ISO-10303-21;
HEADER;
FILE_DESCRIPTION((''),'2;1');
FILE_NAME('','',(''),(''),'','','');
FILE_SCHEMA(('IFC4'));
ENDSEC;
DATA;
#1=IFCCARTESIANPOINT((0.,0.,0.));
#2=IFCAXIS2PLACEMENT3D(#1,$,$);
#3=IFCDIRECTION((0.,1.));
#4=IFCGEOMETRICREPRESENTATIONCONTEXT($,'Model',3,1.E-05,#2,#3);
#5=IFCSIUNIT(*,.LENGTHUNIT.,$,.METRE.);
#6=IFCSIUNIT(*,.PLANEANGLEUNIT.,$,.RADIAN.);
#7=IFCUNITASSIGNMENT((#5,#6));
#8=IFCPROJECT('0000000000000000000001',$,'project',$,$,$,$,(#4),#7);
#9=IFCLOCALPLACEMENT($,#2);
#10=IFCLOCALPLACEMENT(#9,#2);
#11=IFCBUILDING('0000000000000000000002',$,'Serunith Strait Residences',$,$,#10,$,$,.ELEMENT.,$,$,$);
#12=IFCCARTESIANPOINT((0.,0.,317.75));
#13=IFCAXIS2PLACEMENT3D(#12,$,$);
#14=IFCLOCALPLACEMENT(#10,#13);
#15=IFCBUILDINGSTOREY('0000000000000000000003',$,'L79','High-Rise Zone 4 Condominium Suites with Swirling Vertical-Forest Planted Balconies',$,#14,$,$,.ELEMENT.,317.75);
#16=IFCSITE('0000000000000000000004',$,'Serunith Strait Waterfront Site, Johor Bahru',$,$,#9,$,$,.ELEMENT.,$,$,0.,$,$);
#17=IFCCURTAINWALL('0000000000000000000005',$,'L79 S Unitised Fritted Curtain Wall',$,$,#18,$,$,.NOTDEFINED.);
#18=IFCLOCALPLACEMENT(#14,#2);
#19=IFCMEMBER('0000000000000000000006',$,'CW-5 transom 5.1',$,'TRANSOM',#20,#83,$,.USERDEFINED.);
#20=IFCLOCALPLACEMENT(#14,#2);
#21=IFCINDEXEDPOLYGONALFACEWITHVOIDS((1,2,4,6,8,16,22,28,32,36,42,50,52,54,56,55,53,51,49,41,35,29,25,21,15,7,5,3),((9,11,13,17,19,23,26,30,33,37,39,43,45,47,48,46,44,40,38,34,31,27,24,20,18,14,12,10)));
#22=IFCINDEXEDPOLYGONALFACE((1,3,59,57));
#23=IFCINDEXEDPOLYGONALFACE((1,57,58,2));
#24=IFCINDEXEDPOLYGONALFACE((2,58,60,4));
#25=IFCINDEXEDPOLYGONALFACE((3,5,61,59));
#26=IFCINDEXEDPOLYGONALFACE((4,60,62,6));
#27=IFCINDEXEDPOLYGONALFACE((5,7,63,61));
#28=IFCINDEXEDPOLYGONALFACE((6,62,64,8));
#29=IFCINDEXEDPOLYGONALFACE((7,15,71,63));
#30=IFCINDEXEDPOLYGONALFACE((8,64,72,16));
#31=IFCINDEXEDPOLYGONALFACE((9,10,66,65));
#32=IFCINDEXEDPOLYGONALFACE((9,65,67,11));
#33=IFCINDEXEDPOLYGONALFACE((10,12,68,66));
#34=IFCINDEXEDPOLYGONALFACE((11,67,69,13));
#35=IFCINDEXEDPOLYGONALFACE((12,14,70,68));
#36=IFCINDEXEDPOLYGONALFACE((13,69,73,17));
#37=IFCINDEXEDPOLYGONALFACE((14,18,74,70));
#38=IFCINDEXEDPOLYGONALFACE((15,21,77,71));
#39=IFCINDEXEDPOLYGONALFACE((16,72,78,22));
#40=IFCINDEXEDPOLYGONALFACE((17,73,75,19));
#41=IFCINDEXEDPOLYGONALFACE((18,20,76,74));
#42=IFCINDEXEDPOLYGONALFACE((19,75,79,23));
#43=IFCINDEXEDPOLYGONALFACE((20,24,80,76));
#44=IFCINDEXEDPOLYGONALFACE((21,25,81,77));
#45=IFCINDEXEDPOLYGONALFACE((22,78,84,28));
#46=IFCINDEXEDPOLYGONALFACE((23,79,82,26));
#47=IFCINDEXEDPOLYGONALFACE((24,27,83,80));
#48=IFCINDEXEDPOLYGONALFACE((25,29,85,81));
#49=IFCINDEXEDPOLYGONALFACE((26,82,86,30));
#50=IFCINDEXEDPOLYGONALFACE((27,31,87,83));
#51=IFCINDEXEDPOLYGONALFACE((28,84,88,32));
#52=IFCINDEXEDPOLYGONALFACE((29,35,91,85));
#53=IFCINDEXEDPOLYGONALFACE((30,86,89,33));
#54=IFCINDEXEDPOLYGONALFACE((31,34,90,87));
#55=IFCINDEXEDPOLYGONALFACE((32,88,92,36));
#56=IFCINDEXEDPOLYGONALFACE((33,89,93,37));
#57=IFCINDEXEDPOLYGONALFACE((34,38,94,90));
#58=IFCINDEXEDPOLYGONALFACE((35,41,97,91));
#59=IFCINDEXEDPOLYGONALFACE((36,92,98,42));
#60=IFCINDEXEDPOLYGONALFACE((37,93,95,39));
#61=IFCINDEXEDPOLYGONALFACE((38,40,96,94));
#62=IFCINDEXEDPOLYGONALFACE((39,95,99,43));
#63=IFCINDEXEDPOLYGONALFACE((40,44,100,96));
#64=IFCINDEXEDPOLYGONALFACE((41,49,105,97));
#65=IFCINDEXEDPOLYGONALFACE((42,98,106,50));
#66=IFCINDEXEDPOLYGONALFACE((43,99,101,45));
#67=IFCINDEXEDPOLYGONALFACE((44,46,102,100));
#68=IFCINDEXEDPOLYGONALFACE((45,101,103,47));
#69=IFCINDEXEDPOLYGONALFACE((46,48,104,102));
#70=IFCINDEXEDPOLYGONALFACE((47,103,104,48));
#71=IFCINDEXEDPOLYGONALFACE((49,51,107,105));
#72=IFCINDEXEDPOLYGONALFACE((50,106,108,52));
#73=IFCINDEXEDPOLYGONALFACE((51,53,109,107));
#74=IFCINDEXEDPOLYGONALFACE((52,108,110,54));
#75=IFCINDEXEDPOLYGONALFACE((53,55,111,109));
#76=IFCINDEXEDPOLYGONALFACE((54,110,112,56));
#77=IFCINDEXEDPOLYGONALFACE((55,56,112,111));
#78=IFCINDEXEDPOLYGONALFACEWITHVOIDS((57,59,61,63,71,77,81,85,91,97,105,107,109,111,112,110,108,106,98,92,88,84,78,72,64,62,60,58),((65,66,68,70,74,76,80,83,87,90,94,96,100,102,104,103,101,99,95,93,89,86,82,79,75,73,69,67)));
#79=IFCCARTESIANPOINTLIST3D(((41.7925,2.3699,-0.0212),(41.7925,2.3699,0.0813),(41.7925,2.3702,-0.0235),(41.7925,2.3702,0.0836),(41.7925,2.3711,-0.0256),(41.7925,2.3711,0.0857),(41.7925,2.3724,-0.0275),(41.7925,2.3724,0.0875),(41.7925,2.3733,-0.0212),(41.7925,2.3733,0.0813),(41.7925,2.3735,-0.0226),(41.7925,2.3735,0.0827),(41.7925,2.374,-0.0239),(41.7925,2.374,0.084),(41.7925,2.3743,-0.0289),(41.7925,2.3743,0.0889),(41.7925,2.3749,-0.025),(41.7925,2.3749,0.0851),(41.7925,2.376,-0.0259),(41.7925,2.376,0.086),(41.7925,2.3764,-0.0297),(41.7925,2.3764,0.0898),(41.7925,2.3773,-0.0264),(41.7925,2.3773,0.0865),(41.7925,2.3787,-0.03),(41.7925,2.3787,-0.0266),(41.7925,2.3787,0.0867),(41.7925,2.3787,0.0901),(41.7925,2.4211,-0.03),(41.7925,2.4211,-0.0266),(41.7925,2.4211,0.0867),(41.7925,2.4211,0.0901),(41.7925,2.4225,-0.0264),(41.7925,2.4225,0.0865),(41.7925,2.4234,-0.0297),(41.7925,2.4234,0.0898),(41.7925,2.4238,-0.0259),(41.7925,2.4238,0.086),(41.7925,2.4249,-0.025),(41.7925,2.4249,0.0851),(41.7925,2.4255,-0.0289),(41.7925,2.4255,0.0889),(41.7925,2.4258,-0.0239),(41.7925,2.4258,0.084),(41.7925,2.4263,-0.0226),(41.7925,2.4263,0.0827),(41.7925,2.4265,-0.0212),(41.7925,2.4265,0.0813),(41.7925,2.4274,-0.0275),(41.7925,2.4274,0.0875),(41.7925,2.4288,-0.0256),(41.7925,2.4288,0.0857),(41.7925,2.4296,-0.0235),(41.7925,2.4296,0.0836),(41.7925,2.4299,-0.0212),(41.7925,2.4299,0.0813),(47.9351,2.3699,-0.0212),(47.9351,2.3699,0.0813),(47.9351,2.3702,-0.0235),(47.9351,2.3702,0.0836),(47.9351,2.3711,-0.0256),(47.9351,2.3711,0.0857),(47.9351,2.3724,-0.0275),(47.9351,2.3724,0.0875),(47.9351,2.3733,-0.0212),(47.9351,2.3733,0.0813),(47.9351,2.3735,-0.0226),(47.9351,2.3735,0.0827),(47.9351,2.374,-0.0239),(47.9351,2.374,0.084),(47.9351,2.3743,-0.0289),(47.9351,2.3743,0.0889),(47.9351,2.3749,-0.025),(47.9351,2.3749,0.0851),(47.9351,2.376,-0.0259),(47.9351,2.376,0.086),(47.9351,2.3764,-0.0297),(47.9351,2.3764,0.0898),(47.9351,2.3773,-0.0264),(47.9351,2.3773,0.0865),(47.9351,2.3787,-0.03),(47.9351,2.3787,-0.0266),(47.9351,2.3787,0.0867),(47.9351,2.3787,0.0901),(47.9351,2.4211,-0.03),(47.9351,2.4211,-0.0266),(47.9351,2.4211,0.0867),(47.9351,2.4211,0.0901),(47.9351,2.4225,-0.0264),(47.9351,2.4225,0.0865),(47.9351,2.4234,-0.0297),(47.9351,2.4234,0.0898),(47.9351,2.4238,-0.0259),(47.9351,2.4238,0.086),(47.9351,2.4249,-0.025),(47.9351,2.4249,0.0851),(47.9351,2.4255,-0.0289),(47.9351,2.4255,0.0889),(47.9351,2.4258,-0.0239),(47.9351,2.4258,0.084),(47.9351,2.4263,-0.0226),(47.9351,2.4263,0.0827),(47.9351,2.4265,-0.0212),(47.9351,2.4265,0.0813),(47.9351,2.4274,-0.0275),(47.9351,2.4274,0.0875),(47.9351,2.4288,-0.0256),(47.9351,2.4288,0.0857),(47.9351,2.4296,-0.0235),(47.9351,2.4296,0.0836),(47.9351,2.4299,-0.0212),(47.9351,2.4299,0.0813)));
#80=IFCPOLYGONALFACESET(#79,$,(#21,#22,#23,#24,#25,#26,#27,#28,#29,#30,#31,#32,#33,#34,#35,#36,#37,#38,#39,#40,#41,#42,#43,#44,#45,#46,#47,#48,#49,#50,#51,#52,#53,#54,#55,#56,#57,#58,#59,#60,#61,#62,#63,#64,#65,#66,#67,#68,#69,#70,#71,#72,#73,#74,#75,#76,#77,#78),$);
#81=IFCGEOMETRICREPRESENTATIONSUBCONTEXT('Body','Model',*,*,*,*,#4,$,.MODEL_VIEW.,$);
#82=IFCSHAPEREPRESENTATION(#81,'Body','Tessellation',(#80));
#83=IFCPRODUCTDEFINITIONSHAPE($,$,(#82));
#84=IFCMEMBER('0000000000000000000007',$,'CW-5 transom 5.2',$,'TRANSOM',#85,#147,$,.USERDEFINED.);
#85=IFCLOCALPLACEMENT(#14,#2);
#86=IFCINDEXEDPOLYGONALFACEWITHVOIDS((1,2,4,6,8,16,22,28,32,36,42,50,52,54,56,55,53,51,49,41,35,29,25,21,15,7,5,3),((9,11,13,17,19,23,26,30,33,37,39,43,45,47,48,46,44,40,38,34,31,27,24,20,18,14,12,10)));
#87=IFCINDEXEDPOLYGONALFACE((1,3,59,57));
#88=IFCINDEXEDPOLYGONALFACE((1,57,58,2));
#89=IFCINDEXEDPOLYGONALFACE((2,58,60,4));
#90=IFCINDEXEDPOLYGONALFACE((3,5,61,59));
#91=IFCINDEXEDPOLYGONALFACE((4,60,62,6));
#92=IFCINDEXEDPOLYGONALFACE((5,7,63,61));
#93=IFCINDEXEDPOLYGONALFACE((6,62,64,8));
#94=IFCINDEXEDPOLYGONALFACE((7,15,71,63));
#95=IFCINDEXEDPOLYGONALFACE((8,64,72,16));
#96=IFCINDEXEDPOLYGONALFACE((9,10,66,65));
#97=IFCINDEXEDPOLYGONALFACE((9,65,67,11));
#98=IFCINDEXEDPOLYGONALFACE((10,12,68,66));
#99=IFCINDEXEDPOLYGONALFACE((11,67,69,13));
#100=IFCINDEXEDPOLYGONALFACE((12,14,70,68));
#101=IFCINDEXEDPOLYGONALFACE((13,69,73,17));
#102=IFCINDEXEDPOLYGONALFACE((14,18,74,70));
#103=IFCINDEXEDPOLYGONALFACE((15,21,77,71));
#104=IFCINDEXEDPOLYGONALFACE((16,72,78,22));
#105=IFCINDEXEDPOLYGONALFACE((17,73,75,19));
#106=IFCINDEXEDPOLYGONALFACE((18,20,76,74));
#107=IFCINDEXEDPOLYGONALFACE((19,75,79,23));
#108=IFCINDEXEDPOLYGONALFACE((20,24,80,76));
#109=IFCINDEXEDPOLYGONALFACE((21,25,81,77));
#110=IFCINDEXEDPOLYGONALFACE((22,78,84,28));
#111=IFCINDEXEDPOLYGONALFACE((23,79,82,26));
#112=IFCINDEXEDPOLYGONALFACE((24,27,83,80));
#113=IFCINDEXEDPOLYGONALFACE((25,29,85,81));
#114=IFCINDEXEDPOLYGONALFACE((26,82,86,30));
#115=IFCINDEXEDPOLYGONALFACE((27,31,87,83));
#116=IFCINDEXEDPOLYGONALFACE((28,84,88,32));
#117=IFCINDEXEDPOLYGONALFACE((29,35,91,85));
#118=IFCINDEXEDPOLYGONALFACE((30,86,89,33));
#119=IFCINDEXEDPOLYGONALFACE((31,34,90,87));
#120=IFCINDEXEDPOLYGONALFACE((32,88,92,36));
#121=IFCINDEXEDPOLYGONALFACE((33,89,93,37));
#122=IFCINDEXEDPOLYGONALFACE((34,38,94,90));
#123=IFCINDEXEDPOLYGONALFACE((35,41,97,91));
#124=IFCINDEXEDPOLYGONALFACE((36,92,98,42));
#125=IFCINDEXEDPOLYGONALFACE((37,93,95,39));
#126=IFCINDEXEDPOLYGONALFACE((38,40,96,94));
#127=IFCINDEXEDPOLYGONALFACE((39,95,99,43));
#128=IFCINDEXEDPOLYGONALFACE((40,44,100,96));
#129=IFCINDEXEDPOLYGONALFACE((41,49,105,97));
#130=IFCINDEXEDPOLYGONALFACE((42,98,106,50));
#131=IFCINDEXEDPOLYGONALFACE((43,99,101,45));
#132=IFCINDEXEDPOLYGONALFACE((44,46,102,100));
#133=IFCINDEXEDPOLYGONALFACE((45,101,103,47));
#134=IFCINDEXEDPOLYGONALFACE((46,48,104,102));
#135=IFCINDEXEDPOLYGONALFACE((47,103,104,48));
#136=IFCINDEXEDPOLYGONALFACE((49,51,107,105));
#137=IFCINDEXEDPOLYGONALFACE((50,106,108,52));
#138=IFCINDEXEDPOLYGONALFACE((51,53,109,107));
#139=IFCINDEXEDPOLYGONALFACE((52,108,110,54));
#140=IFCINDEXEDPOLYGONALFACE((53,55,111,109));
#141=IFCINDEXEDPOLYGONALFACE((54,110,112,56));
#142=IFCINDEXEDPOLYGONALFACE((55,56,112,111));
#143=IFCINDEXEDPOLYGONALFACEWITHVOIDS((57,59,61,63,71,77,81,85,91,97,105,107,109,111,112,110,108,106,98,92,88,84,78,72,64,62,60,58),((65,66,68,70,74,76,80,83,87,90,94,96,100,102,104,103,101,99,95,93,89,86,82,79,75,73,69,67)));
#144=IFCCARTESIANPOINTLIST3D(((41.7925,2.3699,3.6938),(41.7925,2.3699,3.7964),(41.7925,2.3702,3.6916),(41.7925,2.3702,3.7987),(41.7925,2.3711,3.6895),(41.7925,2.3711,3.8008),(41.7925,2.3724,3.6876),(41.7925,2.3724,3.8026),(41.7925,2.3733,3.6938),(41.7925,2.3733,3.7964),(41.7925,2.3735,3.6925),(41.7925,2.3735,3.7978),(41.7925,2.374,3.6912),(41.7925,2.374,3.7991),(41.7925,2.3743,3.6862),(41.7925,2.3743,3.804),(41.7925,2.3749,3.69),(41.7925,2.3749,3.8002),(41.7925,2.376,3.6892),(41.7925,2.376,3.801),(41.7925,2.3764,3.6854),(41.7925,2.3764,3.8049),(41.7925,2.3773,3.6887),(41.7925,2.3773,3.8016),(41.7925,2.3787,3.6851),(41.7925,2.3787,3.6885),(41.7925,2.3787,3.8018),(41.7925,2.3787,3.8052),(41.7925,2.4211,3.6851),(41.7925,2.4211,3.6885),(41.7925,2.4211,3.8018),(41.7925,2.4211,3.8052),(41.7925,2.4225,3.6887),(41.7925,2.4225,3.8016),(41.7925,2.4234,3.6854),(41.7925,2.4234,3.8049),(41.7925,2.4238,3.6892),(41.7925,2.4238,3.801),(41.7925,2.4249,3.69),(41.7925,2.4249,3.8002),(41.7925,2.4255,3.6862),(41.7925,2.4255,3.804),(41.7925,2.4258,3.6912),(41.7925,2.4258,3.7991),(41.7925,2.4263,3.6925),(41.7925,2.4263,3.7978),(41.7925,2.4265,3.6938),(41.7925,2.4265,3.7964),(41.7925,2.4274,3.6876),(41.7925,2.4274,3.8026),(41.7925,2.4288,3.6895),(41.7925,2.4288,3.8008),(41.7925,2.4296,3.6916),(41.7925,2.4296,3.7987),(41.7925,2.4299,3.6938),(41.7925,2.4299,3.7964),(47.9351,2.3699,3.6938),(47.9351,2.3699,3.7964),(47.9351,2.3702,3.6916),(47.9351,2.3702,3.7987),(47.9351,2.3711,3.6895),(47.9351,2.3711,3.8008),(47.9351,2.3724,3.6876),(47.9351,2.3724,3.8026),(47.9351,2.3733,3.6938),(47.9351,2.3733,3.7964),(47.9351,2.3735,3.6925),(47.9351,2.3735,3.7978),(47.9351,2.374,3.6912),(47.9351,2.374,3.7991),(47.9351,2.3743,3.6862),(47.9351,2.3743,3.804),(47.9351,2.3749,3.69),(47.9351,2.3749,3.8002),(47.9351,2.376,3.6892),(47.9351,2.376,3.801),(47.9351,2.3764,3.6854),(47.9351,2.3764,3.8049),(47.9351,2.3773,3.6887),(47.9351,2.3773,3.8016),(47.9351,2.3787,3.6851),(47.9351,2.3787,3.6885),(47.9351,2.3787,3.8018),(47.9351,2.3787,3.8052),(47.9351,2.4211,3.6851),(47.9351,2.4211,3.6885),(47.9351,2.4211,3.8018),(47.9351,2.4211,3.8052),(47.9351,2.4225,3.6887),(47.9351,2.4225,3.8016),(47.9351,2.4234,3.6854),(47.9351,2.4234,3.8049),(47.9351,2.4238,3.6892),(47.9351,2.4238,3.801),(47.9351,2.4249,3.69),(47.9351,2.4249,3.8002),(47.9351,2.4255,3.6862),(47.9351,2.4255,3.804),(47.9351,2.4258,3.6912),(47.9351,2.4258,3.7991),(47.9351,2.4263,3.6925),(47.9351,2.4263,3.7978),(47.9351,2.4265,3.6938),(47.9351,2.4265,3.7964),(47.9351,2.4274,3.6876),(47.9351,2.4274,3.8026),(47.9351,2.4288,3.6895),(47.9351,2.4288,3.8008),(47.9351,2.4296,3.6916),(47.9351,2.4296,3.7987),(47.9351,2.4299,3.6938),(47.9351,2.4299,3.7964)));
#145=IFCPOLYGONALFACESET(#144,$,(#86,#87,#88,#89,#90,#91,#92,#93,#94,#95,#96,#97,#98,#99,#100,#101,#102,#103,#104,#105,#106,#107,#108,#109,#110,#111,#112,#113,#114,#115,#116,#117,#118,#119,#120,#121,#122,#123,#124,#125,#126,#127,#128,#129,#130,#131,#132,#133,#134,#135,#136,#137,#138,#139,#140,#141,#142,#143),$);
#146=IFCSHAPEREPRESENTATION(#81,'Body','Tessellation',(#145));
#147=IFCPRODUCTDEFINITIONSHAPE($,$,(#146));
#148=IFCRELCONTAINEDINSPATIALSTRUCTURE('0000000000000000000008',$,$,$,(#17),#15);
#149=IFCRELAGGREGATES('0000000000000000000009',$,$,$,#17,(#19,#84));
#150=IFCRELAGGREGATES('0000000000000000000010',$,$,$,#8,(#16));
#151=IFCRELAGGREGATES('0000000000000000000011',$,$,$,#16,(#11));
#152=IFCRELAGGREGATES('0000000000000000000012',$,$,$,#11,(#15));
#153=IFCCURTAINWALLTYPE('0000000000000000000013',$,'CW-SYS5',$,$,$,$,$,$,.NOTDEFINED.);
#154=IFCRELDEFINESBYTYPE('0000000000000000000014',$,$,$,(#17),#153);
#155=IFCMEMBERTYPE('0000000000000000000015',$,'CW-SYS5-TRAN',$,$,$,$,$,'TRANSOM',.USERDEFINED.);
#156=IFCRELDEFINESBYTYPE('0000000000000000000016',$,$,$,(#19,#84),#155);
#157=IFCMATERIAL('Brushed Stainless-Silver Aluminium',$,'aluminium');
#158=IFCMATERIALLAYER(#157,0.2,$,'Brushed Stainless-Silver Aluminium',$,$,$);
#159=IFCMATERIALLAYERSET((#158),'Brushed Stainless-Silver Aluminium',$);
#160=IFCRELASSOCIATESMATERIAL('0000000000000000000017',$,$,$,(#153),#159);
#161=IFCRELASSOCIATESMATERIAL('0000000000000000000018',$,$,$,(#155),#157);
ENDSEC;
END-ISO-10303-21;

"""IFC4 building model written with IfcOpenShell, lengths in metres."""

from ifc_helpers import new_model, si_unit, direction, frame, origin, origin_2d, place, context, subcontext, project, spatial, hollow_rectangle, extrude, source, transform, mapped, material, layer, layer_set, material_profile, profile_set, type_object, element, aggregate, save


model = new_model("IFC4")

# Units and contexts
model_context = context("Model", 3, precision=1e-05, world=origin(), true_north=direction((0.0, 1.0)))
body_context = subcontext(model_context, "Body", "Model", "MODEL_VIEW")
ifc_project = project(units=[si_unit("LENGTHUNIT", "METRE"), si_unit("PLANEANGLEUNIT", "RADIAN")], contexts=[model_context])

# Site, building, storey
site_placement = place(None, origin())
site = spatial("IfcSite", under=ifc_project, at=site_placement, Name="Serunith Strait Waterfront Site, Johor Bahru", CompositionType="ELEMENT", RefElevation=0.0)
building_placement = place(site_placement, origin())
building = spatial("IfcBuilding", under=site, at=building_placement, Name="Serunith Strait Residences", CompositionType="ELEMENT")
storey_placement = place(building_placement, frame((0.0, 0.0, 317.75)))
storey = spatial("IfcBuildingStorey", under=building, at=storey_placement, Name="L79", Description="High-Rise Zone 4 Condominium Suites with Swirling Vertical-Forest Planted Balconies", CompositionType="ELEMENT", Elevation=317.75)

# Curtain wall, members
ifc_material_1 = material(Name="Brushed Stainless-Silver Aluminium", Category="aluminium")
ifc_layer_1 = layer(ifc_material_1, 0.2, Name="Brushed Stainless-Silver Aluminium")
ifc_layer_set_1 = layer_set([ifc_layer_1], Name="Brushed Stainless-Silver Aluminium")
curtain_wall_type = type_object("IfcCurtainWallType", Name="CW-SYS5", PredefinedType="NOTDEFINED", material=ifc_layer_set_1)
curtain_wall_1_placement = place(storey_placement, origin())
curtain_wall_1 = element("IfcCurtainWall", 1, at=curtain_wall_1_placement, inside=storey, type_object=curtain_wall_type, Name="L79 S Unitised Fritted Curtain Wall", PredefinedType="NOTDEFINED")
ifc_material_profile_1 = material_profile(ifc_material_1, hollow_rectangle(XDim=0.0601, YDim=0.1201, WallThickness=0.0034, InnerFilletRadius=0.0054, OuterFilletRadius=0.0088, at=origin_2d()), Name="ALU 120x60x3.5")
ifc_profile_set_1 = profile_set([ifc_material_profile_1], Name="Brushed Stainless-Silver Aluminium")
member_type_1 = type_object("IfcMemberType", Name="CW-SYS5-TRAN", ElementType="TRANSOM", PredefinedType="USERDEFINED", material=ifc_profile_set_1)
shared_shape_1 = source(origin(), body_context, "Body", "SweptSolid", [
    extrude(hollow_rectangle(XDim=0.0601, YDim=0.1201, WallThickness=0.0034, InnerFilletRadius=0.0054, OuterFilletRadius=0.0088, at=origin_2d()), origin(), (0.0, 0.0, 1.0), 6.1426),
])
member_1_placement = place(storey_placement, frame((41.7925, 2.3999, 0.03), z_axis=(1.0, 0.0, 0.0), x_axis=(0.0, 1.0, 0.0)))
member_1 = element("IfcMember", 2, at=member_1_placement, type_object=member_type_1, Name="CW-5 transom 5.1", ObjectType="TRANSOM", PredefinedType="USERDEFINED", context=body_context, shape_type="MappedRepresentation", body=[
    mapped(shared_shape_1, transform((0.0, 0.0, 0.0), scale=1.0)),
])
member_2_placement = place(storey_placement, frame((41.7925, 2.3999, 3.7451), z_axis=(1.0, 0.0, 0.0), x_axis=(0.0, 1.0, 0.0)))
member_2 = element("IfcMember", 3, at=member_2_placement, type_object=member_type_1, Name="CW-5 transom 5.2", ObjectType="TRANSOM", PredefinedType="USERDEFINED", context=body_context, shape_type="MappedRepresentation", body=[
    mapped(shared_shape_1, transform((0.0, 0.0, 0.0), scale=1.0)),
])

aggregate(curtain_wall_1, [member_1, member_2])

save(model, "model.ifc")
